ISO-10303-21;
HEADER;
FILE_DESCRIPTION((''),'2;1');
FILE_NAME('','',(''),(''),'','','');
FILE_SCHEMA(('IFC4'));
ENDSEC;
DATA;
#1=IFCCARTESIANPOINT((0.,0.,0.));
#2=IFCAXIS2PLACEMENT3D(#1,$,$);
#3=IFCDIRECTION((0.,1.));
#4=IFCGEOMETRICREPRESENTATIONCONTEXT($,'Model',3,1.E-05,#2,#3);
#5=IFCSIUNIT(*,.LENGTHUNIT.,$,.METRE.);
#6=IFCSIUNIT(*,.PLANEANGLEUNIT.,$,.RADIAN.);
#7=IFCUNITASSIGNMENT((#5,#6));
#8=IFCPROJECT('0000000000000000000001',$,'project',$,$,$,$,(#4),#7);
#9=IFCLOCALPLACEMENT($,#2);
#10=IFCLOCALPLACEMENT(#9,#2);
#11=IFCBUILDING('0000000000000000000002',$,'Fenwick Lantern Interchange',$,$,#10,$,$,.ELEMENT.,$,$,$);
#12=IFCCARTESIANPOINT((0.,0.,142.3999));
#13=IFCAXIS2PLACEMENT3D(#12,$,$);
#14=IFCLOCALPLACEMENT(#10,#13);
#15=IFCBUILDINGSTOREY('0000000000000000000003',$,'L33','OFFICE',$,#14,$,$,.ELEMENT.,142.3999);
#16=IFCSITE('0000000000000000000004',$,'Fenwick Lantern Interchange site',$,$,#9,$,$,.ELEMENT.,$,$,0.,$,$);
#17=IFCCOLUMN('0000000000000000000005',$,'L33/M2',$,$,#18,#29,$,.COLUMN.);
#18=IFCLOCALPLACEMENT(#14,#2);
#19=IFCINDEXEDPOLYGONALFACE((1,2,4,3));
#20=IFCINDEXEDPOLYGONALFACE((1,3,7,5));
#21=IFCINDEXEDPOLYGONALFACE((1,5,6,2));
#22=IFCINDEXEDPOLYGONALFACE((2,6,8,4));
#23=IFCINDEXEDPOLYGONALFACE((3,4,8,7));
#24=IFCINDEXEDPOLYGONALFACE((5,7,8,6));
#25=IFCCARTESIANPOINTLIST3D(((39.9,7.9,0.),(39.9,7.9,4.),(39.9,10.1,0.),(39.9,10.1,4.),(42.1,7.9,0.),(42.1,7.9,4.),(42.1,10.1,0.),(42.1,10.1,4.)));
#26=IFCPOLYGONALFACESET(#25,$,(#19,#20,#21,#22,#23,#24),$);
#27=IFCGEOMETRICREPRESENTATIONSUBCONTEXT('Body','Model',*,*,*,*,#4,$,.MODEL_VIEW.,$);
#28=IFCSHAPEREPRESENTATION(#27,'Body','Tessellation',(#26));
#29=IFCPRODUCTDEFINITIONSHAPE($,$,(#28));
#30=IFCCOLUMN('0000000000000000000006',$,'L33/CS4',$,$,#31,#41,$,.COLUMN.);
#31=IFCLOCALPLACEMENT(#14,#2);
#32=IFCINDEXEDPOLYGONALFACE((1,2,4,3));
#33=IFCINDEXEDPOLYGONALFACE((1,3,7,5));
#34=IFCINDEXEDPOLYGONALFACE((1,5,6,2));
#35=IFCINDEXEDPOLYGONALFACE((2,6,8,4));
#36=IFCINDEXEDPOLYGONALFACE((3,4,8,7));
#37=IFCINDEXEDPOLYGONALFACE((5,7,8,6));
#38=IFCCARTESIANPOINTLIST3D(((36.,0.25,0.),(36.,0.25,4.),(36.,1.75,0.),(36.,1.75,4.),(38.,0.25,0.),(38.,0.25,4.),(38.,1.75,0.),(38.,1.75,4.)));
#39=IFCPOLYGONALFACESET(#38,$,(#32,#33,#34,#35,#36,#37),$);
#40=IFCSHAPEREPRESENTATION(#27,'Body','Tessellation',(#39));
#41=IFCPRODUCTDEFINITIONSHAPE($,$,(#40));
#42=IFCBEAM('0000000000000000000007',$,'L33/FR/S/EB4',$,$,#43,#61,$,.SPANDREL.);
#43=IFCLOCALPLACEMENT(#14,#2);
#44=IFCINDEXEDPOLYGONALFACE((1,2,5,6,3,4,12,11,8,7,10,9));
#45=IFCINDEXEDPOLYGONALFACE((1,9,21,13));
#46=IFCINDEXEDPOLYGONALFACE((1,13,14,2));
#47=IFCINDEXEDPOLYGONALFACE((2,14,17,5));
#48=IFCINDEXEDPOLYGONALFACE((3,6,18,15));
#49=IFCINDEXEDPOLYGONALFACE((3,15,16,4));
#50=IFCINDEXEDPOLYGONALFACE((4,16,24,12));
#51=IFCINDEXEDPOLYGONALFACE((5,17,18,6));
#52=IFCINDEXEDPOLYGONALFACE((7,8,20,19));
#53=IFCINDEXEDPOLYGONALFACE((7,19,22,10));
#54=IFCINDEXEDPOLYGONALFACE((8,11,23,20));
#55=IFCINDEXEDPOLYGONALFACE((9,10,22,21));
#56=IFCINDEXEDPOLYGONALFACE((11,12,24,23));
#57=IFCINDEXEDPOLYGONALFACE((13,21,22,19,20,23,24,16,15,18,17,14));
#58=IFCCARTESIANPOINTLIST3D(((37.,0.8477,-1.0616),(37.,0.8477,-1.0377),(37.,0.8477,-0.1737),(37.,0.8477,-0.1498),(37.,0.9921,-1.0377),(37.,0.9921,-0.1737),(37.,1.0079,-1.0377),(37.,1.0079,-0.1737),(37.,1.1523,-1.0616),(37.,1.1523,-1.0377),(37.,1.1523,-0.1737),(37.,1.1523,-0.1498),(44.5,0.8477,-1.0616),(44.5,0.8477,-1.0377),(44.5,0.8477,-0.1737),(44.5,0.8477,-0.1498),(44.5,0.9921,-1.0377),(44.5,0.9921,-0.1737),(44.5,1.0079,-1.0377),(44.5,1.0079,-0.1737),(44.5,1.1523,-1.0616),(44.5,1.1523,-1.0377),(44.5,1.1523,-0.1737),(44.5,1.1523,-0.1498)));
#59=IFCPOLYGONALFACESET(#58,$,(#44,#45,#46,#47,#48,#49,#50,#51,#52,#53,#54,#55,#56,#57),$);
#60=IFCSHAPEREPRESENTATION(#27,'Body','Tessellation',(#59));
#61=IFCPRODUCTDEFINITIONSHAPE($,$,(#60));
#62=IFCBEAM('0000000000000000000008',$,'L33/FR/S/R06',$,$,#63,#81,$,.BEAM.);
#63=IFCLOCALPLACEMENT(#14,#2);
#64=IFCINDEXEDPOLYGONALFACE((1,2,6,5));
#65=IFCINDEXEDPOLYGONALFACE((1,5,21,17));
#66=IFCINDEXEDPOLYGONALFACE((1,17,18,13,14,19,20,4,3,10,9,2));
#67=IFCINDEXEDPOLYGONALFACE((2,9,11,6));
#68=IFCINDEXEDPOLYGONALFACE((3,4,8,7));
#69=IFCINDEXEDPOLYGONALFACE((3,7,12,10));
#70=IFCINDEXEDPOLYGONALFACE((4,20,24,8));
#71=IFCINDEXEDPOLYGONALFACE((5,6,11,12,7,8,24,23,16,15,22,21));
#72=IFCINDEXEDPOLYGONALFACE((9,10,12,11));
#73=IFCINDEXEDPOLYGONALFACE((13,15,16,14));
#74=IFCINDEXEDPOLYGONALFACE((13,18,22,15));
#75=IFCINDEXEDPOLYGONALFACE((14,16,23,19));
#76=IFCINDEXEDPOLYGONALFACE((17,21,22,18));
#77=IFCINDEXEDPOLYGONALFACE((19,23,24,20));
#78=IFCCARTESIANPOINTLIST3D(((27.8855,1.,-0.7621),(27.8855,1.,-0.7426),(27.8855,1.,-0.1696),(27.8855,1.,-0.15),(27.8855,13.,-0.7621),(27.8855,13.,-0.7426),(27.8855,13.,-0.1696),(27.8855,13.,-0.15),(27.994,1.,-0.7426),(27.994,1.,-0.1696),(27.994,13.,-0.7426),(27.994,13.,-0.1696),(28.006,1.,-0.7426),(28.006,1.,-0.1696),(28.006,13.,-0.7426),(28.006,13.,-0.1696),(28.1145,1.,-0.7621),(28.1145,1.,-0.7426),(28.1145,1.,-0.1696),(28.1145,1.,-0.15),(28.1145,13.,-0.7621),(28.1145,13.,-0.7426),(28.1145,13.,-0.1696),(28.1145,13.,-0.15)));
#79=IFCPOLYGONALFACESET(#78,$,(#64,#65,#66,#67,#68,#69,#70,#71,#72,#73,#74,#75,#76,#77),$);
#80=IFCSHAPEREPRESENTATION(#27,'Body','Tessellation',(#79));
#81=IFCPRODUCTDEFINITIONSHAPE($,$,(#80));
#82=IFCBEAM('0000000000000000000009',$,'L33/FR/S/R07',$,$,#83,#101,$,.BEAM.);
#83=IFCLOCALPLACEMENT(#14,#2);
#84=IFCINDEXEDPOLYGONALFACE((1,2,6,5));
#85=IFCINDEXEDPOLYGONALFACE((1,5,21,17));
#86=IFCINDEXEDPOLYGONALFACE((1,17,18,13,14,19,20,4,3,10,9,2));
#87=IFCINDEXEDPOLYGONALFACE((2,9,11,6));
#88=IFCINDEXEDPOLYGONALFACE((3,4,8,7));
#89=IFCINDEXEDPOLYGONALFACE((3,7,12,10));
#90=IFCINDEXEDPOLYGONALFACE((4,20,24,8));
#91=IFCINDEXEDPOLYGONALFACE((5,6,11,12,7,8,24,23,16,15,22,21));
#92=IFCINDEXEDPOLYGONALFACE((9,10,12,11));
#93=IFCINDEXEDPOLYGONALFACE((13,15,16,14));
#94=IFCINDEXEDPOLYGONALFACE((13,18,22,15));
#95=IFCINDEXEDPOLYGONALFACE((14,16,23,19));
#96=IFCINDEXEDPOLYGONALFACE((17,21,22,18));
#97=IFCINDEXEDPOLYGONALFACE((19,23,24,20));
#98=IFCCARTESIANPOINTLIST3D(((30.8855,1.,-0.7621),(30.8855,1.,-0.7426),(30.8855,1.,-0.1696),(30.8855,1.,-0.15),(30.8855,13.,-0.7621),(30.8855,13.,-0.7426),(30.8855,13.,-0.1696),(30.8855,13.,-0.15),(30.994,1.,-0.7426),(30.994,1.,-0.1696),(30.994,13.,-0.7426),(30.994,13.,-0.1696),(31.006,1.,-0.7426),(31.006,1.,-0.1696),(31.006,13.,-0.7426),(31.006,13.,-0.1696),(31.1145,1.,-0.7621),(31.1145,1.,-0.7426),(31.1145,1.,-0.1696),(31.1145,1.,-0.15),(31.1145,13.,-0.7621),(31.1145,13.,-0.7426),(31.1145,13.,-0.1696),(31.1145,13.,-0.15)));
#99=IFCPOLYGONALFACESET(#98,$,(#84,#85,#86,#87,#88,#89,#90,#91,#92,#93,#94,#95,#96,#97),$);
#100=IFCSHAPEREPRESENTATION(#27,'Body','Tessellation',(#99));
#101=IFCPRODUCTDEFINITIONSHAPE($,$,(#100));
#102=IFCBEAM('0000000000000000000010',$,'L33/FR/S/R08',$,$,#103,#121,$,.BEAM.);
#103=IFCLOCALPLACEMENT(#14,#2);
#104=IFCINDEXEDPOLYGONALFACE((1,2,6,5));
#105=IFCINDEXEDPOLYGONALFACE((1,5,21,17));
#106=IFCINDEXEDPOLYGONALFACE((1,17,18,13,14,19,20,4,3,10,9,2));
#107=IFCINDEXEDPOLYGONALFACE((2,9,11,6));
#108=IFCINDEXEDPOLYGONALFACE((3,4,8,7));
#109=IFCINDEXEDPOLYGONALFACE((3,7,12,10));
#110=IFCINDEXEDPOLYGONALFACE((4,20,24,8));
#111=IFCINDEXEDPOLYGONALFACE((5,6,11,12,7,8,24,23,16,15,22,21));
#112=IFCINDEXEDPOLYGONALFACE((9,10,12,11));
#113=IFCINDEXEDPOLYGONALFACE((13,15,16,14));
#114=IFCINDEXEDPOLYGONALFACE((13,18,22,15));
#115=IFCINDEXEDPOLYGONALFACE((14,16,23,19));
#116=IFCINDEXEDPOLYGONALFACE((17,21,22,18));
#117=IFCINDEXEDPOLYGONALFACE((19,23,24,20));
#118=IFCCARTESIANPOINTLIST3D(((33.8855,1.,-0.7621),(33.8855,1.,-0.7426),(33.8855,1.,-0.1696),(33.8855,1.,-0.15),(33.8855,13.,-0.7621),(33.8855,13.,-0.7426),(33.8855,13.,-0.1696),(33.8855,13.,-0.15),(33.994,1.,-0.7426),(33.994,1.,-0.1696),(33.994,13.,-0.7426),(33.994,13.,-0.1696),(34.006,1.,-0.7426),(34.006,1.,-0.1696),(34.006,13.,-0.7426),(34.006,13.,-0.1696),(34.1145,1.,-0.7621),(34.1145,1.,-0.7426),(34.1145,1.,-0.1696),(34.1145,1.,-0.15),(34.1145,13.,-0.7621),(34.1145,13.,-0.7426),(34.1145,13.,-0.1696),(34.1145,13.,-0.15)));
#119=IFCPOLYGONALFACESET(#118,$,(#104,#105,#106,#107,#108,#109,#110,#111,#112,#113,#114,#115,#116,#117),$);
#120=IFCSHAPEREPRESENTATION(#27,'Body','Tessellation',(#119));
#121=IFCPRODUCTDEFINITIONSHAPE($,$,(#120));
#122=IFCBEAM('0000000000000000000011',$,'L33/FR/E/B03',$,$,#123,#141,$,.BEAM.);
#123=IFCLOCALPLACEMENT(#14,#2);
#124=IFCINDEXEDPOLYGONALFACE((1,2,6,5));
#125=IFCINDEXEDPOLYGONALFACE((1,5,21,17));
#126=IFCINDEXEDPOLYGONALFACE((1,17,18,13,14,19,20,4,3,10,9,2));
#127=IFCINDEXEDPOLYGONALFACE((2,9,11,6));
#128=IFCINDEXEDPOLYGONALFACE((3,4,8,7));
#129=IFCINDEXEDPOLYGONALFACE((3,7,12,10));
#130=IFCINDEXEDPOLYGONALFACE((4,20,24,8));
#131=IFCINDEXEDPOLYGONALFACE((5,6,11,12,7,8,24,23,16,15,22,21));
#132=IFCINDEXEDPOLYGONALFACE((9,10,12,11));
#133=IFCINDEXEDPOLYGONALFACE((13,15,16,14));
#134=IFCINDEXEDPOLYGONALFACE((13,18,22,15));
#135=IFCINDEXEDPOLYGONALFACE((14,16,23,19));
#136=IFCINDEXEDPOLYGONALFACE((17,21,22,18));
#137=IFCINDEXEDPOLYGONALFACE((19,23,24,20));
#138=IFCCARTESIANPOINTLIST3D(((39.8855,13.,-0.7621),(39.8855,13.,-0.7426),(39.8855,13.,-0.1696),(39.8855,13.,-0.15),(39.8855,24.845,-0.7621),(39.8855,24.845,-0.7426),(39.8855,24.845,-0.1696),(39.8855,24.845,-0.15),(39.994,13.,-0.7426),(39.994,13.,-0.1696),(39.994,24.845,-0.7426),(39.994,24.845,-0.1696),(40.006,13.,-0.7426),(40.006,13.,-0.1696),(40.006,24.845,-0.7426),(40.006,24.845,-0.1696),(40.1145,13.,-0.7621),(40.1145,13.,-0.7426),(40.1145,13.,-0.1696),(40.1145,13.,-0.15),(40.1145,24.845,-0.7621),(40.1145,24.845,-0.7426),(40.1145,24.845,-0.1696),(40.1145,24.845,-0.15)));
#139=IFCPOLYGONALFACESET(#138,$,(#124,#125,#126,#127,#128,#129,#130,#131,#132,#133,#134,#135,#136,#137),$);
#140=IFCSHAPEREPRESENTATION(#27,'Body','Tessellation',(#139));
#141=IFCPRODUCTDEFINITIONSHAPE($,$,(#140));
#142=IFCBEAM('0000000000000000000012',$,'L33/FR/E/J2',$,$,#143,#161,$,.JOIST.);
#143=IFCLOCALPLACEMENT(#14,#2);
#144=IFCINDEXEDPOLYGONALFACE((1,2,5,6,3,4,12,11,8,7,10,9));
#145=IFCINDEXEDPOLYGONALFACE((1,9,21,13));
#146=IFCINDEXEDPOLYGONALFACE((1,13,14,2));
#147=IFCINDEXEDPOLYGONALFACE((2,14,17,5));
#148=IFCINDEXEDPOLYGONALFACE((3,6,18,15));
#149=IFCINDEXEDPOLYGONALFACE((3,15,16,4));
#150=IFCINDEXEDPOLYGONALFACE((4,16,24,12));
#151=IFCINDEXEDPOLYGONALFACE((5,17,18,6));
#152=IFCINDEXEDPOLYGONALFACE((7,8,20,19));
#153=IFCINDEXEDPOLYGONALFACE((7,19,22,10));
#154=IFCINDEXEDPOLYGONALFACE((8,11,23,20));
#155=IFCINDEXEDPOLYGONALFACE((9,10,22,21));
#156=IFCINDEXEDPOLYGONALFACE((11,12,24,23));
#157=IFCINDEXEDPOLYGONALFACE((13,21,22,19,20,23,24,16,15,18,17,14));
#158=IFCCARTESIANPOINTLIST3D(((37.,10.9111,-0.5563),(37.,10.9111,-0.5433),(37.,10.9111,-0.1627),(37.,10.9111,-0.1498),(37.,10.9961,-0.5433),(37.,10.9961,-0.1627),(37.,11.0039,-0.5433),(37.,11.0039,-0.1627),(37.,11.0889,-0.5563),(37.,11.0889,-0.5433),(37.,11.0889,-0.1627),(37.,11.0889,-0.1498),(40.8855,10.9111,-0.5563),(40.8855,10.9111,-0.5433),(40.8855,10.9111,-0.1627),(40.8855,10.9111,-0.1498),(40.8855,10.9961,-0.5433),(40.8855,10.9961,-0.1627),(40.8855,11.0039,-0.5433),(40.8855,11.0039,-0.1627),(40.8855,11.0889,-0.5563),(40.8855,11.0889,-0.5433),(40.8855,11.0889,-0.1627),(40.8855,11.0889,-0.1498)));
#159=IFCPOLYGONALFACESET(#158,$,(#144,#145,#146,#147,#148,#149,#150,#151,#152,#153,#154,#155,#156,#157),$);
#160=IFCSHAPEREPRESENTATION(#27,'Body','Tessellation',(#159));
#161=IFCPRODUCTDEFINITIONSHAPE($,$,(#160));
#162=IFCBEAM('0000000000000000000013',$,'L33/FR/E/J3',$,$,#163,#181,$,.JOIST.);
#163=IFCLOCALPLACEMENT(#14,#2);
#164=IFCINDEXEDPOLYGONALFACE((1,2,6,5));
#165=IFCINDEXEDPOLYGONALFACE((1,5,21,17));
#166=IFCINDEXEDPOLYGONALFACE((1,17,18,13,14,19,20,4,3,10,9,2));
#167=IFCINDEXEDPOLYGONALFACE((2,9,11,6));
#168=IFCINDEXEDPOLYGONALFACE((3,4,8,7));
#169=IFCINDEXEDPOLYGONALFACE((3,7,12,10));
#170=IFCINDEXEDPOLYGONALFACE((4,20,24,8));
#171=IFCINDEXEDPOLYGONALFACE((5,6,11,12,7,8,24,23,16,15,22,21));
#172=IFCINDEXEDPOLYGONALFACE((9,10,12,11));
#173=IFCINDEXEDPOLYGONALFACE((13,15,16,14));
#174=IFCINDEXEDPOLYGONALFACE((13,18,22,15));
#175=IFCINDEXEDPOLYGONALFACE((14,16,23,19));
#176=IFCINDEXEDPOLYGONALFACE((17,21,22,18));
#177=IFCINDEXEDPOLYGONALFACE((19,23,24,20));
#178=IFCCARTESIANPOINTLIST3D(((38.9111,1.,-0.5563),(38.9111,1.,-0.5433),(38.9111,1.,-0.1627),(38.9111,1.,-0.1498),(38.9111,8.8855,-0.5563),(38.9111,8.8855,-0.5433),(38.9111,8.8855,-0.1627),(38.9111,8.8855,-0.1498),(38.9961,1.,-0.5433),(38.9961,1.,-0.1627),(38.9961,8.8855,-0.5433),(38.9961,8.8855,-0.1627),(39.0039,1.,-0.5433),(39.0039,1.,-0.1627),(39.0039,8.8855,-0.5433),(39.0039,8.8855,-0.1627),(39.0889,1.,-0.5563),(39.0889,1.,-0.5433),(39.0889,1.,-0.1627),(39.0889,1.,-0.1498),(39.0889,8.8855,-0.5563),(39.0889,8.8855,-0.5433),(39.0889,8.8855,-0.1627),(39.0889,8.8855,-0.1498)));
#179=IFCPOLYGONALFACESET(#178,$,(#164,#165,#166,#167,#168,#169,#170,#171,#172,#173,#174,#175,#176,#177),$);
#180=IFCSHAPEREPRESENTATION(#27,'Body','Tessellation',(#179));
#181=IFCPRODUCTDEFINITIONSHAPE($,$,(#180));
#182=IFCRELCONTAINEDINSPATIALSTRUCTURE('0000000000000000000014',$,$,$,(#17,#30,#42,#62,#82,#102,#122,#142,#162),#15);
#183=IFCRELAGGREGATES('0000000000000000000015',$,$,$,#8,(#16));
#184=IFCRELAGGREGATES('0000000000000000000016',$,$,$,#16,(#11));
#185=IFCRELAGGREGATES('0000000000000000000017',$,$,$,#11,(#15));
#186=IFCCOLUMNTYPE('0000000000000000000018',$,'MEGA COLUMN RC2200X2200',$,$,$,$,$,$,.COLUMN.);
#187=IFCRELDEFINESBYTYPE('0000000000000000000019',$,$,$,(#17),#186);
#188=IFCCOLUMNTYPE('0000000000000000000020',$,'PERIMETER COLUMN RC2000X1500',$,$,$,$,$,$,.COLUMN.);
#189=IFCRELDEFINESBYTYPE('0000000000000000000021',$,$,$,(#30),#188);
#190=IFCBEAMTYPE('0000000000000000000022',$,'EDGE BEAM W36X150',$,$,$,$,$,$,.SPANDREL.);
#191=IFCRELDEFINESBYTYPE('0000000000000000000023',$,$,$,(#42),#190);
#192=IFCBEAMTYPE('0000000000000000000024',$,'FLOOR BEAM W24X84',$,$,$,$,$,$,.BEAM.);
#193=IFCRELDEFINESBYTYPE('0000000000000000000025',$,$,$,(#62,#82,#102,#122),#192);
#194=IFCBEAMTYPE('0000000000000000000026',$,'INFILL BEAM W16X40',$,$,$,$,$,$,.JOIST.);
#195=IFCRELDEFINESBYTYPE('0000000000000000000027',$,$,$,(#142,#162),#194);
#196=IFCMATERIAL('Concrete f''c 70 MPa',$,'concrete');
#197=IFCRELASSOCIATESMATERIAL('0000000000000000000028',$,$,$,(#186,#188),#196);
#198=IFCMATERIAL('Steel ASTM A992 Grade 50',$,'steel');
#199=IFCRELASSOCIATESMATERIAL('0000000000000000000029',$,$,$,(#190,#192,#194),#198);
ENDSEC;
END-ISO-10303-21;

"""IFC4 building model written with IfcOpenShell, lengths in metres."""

from ifc_helpers import new_model, si_unit, direction, frame, origin, origin_2d, place, context, subcontext, project, spatial, rectangle, i_section, extrude, material, material_profile, profile_set, type_object, element, save


model = new_model("IFC4")

# Units and contexts
model_context = context("Model", 3, precision=1e-05, world=origin(), true_north=direction((0.0, 1.0)))
body_context = subcontext(model_context, "Body", "Model", "MODEL_VIEW")
ifc_project = project(units=[si_unit("LENGTHUNIT", "METRE"), si_unit("PLANEANGLEUNIT", "RADIAN")], contexts=[model_context])

# Site, building, storey
site_placement = place(None, origin())
site = spatial("IfcSite", under=ifc_project, at=site_placement, Name="Fenwick Lantern Interchange site", CompositionType="ELEMENT", RefElevation=0.0)
building_placement = place(site_placement, origin())
building = spatial("IfcBuilding", under=site, at=building_placement, Name="Fenwick Lantern Interchange", CompositionType="ELEMENT")
storey_placement = place(building_placement, frame((0.0, 0.0, 142.3999)))
storey = spatial("IfcBuildingStorey", under=building, at=storey_placement, Name="L33", Description="OFFICE", CompositionType="ELEMENT", Elevation=142.3999)

# Columns
ifc_material_1 = material(Name="Concrete f'c 70 MPa", Category="concrete")
ifc_material_profile_1 = material_profile(ifc_material_1, rectangle(XDim=2.2, YDim=2.2, at=origin_2d()), Name="RC2200X2200")
ifc_profile_set_1 = profile_set([ifc_material_profile_1], Name="Concrete f'c 70 MPa")
column_type_1 = type_object("IfcColumnType", Name="MEGA COLUMN RC2200X2200", PredefinedType="COLUMN", material=ifc_profile_set_1)
column_1_placement = place(storey_placement, frame((41.0, 9.0, 0.0), z_axis=(0.0, 0.0, 1.0), x_axis=(1.0, 0.0, 0.0)))
element("IfcColumn", 1, at=column_1_placement, inside=storey, type_object=column_type_1, Name="L33/M2", PredefinedType="COLUMN", context=body_context, shape_type="SweptSolid", body=[
    extrude(rectangle(XDim=2.2, YDim=2.2, at=origin_2d()), origin(), (0.0, 0.0, 1.0), 4.0),
])
ifc_material_profile_2 = material_profile(ifc_material_1, rectangle(XDim=2.0, YDim=1.5, at=origin_2d()), Name="RC2000X1500")
ifc_profile_set_2 = profile_set([ifc_material_profile_2], Name="Concrete f'c 70 MPa")
column_type_2 = type_object("IfcColumnType", Name="PERIMETER COLUMN RC2000X1500", PredefinedType="COLUMN", material=ifc_profile_set_2)
column_2_placement = place(storey_placement, frame((37.0, 1.0, 0.0), z_axis=(0.0, 0.0, 1.0), x_axis=(1.0, 0.0, 0.0)))
element("IfcColumn", 2, at=column_2_placement, inside=storey, type_object=column_type_2, Name="L33/CS4", PredefinedType="COLUMN", context=body_context, shape_type="SweptSolid", body=[
    extrude(rectangle(XDim=2.0, YDim=1.5, at=origin_2d()), origin(), (0.0, 0.0, 1.0), 4.0),
])

# Beams
ifc_material_2 = material(Name="Steel ASTM A992 Grade 50", Category="steel")
ifc_material_profile_3 = material_profile(ifc_material_2, i_section(OverallWidth=0.3047, OverallDepth=0.9119, WebThickness=0.0159, FlangeThickness=0.0239, at=origin_2d()), Name="W36X150")
ifc_profile_set_3 = profile_set([ifc_material_profile_3], Name="Steel ASTM A992 Grade 50")
beam_type_1 = type_object("IfcBeamType", Name="EDGE BEAM W36X150", PredefinedType="SPANDREL", material=ifc_profile_set_3)
beam_1_placement = place(storey_placement, frame((37.0, 1.0, -0.6057), z_axis=(1.0, 0.0, 0.0), x_axis=(0.0, 1.0, 0.0)))
element("IfcBeam", 3, at=beam_1_placement, inside=storey, type_object=beam_type_1, Name="L33/FR/S/EB4", PredefinedType="SPANDREL", context=body_context, shape_type="SweptSolid", body=[
    extrude(i_section(OverallWidth=0.3047, OverallDepth=0.9119, WebThickness=0.0159, FlangeThickness=0.0239, at=origin_2d()), origin(), (0.0, 0.0, 1.0), 7.5),
])
ifc_material_profile_4 = material_profile(ifc_material_2, i_section(OverallWidth=0.229, OverallDepth=0.6121, WebThickness=0.012, FlangeThickness=0.0195, at=origin_2d()), Name="W24X84")
ifc_profile_set_4 = profile_set([ifc_material_profile_4], Name="Steel ASTM A992 Grade 50")
beam_type_2 = type_object("IfcBeamType", Name="FLOOR BEAM W24X84", PredefinedType="BEAM", material=ifc_profile_set_4)
for number, where, z_axis, x_axis, name in (
    (4, (28.0, 1.0, -0.4561), (0.0, 1.0, 0.0), (-1.0, 0.0, 0.0), "L33/FR/S/R06"),
    (5, (31.0, 1.0, -0.4561), (0.0, 1.0, 0.0), (-1.0, 0.0, 0.0), "L33/FR/S/R07"),
    (6, (34.0, 1.0, -0.4561), (0.0, 1.0, 0.0), (-1.0, 0.0, 0.0), "L33/FR/S/R08"),
):
    element("IfcBeam", number, at=place(storey_placement, frame(where, z_axis=z_axis, x_axis=x_axis)), inside=storey, type_object=beam_type_2, Name=name, PredefinedType="BEAM", context=body_context, shape_type="SweptSolid", body=[
        extrude(i_section(OverallWidth=0.229, OverallDepth=0.6121, WebThickness=0.012, FlangeThickness=0.0195, at=origin_2d()), origin(), (0.0, 0.0, 1.0), 12.0),
    ])
beam_2_placement = place(storey_placement, frame((40.0, 13.0, -0.4561), z_axis=(0.0, 1.0, 0.0), x_axis=(-1.0, 0.0, 0.0)))
element("IfcBeam", 7, at=beam_2_placement, inside=storey, type_object=beam_type_2, Name="L33/FR/E/B03", PredefinedType="BEAM", context=body_context, shape_type="SweptSolid", body=[
    extrude(i_section(OverallWidth=0.229, OverallDepth=0.6121, WebThickness=0.012, FlangeThickness=0.0195, at=origin_2d()), origin(), (0.0, 0.0, 1.0), 11.845),
])
ifc_material_profile_5 = material_profile(ifc_material_2, i_section(OverallWidth=0.1777, OverallDepth=0.4065, WebThickness=0.0078, FlangeThickness=0.0129, at=origin_2d()), Name="W16X40")
ifc_profile_set_5 = profile_set([ifc_material_profile_5], Name="Steel ASTM A992 Grade 50")
beam_type_3 = type_object("IfcBeamType", Name="INFILL BEAM W16X40", PredefinedType="JOIST", material=ifc_profile_set_5)
beam_3_placement = place(storey_placement, frame((40.8855, 11.0, -0.353), z_axis=(-1.0, 0.0, 0.0), x_axis=(0.0, -1.0, 0.0)))
element("IfcBeam", 8, at=beam_3_placement, inside=storey, type_object=beam_type_3, Name="L33/FR/E/J2", PredefinedType="JOIST", context=body_context, shape_type="SweptSolid", body=[
    extrude(i_section(OverallWidth=0.1777, OverallDepth=0.4065, WebThickness=0.0078, FlangeThickness=0.0129, at=origin_2d()), origin(), (0.0, 0.0, 1.0), 3.8855),
])
beam_4_placement = place(storey_placement, frame((39.0, 1.0, -0.353), z_axis=(0.0, 1.0, 0.0), x_axis=(-1.0, 0.0, 0.0)))
element("IfcBeam", 9, at=beam_4_placement, inside=storey, type_object=beam_type_3, Name="L33/FR/E/J3", PredefinedType="JOIST", context=body_context, shape_type="SweptSolid", body=[
    extrude(i_section(OverallWidth=0.1777, OverallDepth=0.4065, WebThickness=0.0078, FlangeThickness=0.0129, at=origin_2d()), origin(), (0.0, 0.0, 1.0), 7.8855),
])

save(model, "model.ifc")
